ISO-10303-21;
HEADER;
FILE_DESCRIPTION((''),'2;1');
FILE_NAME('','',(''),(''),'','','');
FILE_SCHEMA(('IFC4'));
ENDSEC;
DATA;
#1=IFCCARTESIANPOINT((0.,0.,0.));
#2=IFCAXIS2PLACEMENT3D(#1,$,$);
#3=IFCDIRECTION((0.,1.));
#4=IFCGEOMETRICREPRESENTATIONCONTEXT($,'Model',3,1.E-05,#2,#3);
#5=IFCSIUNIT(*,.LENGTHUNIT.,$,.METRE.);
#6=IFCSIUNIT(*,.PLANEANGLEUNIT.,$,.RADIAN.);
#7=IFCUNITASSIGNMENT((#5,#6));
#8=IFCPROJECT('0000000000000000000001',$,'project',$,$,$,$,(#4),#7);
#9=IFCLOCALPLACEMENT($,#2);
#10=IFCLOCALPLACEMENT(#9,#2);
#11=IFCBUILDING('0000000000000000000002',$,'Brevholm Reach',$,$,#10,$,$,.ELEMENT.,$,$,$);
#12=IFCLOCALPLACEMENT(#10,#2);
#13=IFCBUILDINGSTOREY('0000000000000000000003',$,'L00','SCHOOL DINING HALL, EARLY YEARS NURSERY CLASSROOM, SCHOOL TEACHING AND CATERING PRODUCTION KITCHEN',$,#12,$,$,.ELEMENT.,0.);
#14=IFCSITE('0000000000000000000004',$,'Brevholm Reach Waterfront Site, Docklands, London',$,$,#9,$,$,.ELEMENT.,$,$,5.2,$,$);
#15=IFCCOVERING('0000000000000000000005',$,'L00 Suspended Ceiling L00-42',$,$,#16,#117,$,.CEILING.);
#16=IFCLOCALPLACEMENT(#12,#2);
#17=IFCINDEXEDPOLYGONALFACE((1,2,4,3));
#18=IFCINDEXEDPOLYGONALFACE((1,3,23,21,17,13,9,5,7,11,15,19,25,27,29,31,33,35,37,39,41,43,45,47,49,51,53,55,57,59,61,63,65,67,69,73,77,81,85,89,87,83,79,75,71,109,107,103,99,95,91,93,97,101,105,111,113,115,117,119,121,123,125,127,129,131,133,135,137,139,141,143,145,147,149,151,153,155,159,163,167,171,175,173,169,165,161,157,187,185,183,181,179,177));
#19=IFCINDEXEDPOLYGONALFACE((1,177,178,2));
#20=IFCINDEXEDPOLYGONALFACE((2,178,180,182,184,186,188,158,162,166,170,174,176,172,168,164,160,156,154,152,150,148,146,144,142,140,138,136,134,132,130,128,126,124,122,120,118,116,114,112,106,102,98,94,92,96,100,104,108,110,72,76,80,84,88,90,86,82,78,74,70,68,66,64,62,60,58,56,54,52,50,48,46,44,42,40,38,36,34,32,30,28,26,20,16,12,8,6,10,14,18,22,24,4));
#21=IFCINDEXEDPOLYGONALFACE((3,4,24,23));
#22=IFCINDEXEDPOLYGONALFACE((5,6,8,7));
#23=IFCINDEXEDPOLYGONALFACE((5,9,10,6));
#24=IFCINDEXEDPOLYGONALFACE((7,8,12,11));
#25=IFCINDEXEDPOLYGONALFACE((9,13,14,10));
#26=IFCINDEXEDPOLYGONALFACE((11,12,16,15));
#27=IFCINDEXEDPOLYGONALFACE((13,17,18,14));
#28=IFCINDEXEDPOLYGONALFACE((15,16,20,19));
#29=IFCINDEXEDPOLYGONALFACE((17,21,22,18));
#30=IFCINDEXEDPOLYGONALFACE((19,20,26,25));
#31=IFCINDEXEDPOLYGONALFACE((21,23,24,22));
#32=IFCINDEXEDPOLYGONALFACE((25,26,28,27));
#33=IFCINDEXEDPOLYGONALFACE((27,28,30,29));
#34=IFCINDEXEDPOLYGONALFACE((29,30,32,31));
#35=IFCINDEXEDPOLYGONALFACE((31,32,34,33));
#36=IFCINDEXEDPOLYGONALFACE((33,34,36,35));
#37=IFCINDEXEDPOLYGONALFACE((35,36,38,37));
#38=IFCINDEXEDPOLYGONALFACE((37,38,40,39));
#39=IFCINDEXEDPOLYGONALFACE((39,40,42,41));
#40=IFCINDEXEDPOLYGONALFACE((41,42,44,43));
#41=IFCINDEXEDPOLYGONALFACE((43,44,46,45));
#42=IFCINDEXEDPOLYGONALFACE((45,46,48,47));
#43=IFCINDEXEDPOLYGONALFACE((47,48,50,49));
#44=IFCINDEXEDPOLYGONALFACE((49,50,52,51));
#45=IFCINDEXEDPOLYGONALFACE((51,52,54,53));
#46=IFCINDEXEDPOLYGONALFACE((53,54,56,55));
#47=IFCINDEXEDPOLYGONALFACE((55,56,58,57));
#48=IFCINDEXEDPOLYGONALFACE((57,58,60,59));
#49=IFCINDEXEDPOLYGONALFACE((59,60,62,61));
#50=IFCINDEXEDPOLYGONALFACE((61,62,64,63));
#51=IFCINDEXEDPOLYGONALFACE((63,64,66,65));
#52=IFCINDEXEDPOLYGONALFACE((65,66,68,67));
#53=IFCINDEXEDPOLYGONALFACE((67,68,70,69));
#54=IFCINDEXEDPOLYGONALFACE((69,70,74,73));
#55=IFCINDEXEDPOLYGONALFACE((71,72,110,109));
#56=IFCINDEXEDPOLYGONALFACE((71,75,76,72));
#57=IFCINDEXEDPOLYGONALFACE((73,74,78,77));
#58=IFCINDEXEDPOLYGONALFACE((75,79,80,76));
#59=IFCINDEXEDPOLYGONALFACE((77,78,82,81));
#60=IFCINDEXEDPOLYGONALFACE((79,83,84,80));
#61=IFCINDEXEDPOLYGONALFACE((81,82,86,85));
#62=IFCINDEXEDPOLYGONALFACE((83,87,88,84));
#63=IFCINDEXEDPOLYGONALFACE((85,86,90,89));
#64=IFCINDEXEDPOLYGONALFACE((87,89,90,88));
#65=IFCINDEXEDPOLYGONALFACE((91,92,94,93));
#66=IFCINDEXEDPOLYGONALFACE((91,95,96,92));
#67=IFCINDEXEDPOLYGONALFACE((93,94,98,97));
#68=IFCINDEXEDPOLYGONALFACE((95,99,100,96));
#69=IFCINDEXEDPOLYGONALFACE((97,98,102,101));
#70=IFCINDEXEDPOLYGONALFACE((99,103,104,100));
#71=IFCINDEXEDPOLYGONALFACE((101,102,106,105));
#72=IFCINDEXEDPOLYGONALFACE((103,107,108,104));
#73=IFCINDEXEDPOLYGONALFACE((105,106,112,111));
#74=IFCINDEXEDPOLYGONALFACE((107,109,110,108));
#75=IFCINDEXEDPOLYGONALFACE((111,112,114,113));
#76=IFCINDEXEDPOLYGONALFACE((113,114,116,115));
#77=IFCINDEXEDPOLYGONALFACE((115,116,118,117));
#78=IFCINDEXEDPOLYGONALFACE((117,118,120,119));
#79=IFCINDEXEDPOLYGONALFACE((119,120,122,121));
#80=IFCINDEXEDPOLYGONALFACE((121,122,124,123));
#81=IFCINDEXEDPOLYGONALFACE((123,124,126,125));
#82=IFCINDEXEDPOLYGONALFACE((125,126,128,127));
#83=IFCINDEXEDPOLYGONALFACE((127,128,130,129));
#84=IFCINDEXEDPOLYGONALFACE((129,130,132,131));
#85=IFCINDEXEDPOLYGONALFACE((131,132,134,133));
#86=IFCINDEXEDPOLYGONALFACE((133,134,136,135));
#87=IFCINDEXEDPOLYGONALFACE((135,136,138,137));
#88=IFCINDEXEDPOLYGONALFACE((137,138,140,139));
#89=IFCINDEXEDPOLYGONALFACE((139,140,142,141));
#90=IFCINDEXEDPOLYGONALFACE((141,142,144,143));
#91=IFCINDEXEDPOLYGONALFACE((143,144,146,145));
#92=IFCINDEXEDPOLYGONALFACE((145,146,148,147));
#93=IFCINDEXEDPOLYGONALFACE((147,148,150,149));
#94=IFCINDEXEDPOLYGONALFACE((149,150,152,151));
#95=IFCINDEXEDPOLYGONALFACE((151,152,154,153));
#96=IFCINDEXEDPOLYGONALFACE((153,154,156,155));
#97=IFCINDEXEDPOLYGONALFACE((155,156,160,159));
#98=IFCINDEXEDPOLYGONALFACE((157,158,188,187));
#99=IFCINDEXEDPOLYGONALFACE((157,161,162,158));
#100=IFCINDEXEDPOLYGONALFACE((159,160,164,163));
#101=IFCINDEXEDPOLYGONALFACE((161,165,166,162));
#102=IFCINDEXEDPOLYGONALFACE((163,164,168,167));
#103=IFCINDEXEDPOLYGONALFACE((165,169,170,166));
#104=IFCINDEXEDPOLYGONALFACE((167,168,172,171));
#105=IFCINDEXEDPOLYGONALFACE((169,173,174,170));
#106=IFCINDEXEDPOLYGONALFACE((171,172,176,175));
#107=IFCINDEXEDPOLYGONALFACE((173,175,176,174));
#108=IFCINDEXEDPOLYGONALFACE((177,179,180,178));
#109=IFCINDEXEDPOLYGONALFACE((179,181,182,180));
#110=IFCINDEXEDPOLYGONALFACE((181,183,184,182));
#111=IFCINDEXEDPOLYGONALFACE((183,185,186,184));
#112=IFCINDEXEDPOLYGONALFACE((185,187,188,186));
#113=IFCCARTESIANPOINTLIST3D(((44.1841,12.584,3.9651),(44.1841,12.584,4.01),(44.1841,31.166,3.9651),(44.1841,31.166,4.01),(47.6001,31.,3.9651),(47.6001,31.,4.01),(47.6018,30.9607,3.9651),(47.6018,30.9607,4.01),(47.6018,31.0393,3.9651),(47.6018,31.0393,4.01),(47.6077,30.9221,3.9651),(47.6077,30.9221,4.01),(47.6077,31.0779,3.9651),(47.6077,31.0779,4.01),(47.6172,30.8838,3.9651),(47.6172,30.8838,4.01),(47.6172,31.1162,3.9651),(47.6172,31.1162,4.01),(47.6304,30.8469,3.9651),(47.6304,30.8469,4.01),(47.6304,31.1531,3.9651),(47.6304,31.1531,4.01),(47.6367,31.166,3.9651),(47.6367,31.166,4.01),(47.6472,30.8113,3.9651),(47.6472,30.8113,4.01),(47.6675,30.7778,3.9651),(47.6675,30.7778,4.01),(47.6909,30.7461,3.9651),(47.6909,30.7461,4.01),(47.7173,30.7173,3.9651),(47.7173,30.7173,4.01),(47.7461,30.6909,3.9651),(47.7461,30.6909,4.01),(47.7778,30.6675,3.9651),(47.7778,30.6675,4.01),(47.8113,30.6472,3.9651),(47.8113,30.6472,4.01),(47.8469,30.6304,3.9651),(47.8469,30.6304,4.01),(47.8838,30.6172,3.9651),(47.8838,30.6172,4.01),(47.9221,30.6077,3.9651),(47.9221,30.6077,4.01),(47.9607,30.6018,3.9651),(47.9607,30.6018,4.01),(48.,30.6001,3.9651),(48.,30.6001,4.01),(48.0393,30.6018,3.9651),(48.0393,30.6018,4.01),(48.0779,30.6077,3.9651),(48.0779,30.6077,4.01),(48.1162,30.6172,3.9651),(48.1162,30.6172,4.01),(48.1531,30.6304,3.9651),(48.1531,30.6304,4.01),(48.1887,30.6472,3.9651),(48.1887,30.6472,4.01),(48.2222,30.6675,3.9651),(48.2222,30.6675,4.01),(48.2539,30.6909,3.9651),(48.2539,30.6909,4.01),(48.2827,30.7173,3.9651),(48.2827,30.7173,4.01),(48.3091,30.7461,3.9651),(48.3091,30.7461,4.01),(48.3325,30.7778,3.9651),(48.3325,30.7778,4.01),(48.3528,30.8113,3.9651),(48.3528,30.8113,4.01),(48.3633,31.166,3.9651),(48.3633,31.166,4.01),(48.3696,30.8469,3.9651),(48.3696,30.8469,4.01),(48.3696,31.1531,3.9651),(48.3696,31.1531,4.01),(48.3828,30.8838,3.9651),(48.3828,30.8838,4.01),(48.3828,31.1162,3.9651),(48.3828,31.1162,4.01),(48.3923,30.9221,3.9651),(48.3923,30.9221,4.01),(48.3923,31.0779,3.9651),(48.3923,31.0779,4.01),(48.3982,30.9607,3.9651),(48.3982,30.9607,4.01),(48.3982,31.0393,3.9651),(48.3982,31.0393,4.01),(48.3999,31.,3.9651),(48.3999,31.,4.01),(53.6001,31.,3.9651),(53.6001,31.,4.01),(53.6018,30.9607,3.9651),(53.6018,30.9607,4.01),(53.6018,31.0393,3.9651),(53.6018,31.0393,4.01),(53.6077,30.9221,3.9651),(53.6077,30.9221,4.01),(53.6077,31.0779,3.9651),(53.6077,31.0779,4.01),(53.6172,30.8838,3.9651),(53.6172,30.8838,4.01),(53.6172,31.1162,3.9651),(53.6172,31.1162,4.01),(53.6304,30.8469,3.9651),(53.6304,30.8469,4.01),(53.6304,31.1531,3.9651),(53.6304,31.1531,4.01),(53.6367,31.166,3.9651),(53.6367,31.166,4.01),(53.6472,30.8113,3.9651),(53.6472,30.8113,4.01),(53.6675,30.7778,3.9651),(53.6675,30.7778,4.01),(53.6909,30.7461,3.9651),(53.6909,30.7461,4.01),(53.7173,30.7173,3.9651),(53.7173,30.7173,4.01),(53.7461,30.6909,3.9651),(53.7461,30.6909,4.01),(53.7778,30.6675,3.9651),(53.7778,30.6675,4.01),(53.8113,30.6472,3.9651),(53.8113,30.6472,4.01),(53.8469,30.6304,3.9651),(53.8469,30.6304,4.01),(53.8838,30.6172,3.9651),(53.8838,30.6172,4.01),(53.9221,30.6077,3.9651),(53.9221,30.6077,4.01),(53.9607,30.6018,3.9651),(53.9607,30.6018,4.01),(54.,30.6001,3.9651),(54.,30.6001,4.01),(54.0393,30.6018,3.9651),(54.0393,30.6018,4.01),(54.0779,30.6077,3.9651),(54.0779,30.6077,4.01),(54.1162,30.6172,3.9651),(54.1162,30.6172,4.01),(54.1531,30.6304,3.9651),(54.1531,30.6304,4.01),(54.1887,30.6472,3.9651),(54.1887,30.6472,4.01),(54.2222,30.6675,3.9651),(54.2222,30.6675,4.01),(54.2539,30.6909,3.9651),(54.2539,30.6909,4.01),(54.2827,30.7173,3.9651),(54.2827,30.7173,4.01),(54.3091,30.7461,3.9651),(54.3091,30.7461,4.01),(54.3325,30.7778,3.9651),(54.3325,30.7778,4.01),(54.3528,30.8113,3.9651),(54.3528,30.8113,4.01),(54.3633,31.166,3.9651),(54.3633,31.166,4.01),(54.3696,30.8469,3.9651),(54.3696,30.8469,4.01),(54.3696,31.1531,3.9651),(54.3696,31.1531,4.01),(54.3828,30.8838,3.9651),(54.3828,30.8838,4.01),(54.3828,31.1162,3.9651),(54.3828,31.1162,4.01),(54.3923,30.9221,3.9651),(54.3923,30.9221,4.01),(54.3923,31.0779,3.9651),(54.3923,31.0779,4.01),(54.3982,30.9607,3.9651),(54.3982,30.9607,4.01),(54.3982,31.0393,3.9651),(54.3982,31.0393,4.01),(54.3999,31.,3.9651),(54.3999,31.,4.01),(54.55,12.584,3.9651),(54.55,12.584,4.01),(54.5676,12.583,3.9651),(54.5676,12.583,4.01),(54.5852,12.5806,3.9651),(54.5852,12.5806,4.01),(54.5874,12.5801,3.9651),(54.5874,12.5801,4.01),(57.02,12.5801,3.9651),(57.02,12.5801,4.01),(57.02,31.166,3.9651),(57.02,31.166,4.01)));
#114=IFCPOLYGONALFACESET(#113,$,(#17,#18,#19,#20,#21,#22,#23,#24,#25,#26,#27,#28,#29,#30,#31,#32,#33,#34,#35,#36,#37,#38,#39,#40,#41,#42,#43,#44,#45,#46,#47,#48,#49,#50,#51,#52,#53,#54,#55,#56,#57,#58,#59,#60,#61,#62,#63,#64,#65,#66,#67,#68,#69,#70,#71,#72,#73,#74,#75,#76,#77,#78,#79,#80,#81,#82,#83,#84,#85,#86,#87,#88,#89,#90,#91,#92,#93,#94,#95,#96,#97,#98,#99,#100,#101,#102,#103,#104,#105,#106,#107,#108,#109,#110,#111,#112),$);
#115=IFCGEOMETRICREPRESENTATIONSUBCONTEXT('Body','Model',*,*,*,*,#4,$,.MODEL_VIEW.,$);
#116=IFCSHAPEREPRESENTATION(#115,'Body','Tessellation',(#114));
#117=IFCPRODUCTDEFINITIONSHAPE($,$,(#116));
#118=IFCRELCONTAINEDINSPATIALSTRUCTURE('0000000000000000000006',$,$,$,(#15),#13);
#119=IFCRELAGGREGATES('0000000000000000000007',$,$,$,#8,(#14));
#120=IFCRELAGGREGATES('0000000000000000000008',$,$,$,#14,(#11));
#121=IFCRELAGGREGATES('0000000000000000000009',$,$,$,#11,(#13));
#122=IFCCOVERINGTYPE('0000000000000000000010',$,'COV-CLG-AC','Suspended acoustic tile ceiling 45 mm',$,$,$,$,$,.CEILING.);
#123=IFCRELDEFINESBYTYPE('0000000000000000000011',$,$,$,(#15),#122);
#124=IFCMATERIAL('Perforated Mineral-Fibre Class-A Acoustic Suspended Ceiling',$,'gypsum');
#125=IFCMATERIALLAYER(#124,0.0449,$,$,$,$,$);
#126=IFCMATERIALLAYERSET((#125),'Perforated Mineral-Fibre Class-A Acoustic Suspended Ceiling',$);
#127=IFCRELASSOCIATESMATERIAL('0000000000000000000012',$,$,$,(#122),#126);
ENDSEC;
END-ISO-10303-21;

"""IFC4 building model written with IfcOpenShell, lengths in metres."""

from ifc_helpers import new_model, si_unit, direction, frame, origin, place, context, subcontext, project, spatial, polyline, outline, extrude, material, layer, layer_set, type_object, element, save


model = new_model("IFC4")

# Units and contexts
model_context = context("Model", 3, precision=1e-05, world=origin(), true_north=direction((0.0, 1.0)))
body_context = subcontext(model_context, "Body", "Model", "MODEL_VIEW")
ifc_project = project(units=[si_unit("LENGTHUNIT", "METRE"), si_unit("PLANEANGLEUNIT", "RADIAN")], contexts=[model_context])

# Site, building, storey
site_placement = place(None, origin())
site = spatial("IfcSite", under=ifc_project, at=site_placement, Name="Brevholm Reach Waterfront Site, Docklands, London", CompositionType="ELEMENT", RefElevation=5.2)
building_placement = place(site_placement, origin())
building = spatial("IfcBuilding", under=site, at=building_placement, Name="Brevholm Reach", CompositionType="ELEMENT")
storey_placement = place(building_placement, origin())
storey = spatial("IfcBuildingStorey", under=building, at=storey_placement, Name="L00", Description="SCHOOL DINING HALL, EARLY YEARS NURSERY CLASSROOM, SCHOOL TEACHING AND CATERING PRODUCTION KITCHEN", CompositionType="ELEMENT", Elevation=0.0)

# Covering
ifc_material_1 = material(Name="Perforated Mineral-Fibre Class-A Acoustic Suspended Ceiling", Category="gypsum")
ifc_layer_1 = layer(ifc_material_1, 0.0449)
ifc_layer_set_1 = layer_set([ifc_layer_1], Name="Perforated Mineral-Fibre Class-A Acoustic Suspended Ceiling")
covering_type_1 = type_object("IfcCoveringType", Name="COV-CLG-AC", Description="Suspended acoustic tile ceiling 45 mm", PredefinedType="CEILING", material=ifc_layer_set_1)
covering_1_placement = place(storey_placement, frame((0.0, 0.0, 3.9651)))
element("IfcCovering", 1, at=covering_1_placement, inside=storey, type_object=covering_type_1, Name="L00 Suspended Ceiling L00-42", PredefinedType="CEILING", context=body_context, shape_type="SweptSolid", body=[
    extrude(outline(polyline([(54.5852, 12.5806), (54.5676, 12.583), (54.55, 12.584), (44.1841, 12.584), (44.1841, 31.166), (47.6367, 31.166), (47.6304, 31.1531), (47.6172, 31.1162), (47.6077, 31.0779), (47.6018, 31.0393), (47.6001, 31.0), (47.6018, 30.9607), (47.6077, 30.9221), (47.6172, 30.8838), (47.6304, 30.8469), (47.6472, 30.8113), (47.6675, 30.7778), (47.6909, 30.7461), (47.7173, 30.7173), (47.7461, 30.6909), (47.7778, 30.6675), (47.8113, 30.6472), (47.8469, 30.6304), (47.8838, 30.6172), (47.9221, 30.6077), (47.9607, 30.6018), (48.0, 30.6001), (48.0393, 30.6018), (48.0779, 30.6077), (48.1162, 30.6172), (48.1531, 30.6304), (48.1887, 30.6472), (48.2222, 30.6675), (48.2539, 30.6909), (48.2827, 30.7173), (48.3091, 30.7461), (48.3325, 30.7778), (48.3528, 30.8113), (48.3696, 30.8469), (48.3828, 30.8838), (48.3923, 30.9221), (48.3982, 30.9607), (48.3999, 31.0), (48.3982, 31.0393), (48.3923, 31.0779), (48.3828, 31.1162), (48.3696, 31.1531), (48.3633, 31.166), (53.6367, 31.166), (53.6304, 31.1531), (53.6172, 31.1162), (53.6077, 31.0779), (53.6018, 31.0393), (53.6001, 31.0), (53.6018, 30.9607), (53.6077, 30.9221), (53.6172, 30.8838), (53.6304, 30.8469), (53.6472, 30.8113), (53.6675, 30.7778), (53.6909, 30.7461), (53.7173, 30.7173), (53.7461, 30.6909), (53.7778, 30.6675), (53.8113, 30.6472), (53.8469, 30.6304), (53.8838, 30.6172), (53.9221, 30.6077), (53.9607, 30.6018), (54.0, 30.6001), (54.0393, 30.6018), (54.0779, 30.6077), (54.1162, 30.6172), (54.1531, 30.6304), (54.1887, 30.6472), (54.2222, 30.6675), (54.2539, 30.6909), (54.2827, 30.7173), (54.3091, 30.7461), (54.3325, 30.7778), (54.3528, 30.8113), (54.3696, 30.8469), (54.3828, 30.8838), (54.3923, 30.9221), (54.3982, 30.9607), (54.3999, 31.0), (54.3982, 31.0393), (54.3923, 31.0779), (54.3828, 31.1162), (54.3696, 31.1531), (54.3633, 31.166), (57.02, 31.166), (57.02, 12.5801), (54.5874, 12.5801), (54.5852, 12.5806)])), origin(), (0.0, 0.0, 1.0), 0.0449),
])

save(model, "model.ifc")
